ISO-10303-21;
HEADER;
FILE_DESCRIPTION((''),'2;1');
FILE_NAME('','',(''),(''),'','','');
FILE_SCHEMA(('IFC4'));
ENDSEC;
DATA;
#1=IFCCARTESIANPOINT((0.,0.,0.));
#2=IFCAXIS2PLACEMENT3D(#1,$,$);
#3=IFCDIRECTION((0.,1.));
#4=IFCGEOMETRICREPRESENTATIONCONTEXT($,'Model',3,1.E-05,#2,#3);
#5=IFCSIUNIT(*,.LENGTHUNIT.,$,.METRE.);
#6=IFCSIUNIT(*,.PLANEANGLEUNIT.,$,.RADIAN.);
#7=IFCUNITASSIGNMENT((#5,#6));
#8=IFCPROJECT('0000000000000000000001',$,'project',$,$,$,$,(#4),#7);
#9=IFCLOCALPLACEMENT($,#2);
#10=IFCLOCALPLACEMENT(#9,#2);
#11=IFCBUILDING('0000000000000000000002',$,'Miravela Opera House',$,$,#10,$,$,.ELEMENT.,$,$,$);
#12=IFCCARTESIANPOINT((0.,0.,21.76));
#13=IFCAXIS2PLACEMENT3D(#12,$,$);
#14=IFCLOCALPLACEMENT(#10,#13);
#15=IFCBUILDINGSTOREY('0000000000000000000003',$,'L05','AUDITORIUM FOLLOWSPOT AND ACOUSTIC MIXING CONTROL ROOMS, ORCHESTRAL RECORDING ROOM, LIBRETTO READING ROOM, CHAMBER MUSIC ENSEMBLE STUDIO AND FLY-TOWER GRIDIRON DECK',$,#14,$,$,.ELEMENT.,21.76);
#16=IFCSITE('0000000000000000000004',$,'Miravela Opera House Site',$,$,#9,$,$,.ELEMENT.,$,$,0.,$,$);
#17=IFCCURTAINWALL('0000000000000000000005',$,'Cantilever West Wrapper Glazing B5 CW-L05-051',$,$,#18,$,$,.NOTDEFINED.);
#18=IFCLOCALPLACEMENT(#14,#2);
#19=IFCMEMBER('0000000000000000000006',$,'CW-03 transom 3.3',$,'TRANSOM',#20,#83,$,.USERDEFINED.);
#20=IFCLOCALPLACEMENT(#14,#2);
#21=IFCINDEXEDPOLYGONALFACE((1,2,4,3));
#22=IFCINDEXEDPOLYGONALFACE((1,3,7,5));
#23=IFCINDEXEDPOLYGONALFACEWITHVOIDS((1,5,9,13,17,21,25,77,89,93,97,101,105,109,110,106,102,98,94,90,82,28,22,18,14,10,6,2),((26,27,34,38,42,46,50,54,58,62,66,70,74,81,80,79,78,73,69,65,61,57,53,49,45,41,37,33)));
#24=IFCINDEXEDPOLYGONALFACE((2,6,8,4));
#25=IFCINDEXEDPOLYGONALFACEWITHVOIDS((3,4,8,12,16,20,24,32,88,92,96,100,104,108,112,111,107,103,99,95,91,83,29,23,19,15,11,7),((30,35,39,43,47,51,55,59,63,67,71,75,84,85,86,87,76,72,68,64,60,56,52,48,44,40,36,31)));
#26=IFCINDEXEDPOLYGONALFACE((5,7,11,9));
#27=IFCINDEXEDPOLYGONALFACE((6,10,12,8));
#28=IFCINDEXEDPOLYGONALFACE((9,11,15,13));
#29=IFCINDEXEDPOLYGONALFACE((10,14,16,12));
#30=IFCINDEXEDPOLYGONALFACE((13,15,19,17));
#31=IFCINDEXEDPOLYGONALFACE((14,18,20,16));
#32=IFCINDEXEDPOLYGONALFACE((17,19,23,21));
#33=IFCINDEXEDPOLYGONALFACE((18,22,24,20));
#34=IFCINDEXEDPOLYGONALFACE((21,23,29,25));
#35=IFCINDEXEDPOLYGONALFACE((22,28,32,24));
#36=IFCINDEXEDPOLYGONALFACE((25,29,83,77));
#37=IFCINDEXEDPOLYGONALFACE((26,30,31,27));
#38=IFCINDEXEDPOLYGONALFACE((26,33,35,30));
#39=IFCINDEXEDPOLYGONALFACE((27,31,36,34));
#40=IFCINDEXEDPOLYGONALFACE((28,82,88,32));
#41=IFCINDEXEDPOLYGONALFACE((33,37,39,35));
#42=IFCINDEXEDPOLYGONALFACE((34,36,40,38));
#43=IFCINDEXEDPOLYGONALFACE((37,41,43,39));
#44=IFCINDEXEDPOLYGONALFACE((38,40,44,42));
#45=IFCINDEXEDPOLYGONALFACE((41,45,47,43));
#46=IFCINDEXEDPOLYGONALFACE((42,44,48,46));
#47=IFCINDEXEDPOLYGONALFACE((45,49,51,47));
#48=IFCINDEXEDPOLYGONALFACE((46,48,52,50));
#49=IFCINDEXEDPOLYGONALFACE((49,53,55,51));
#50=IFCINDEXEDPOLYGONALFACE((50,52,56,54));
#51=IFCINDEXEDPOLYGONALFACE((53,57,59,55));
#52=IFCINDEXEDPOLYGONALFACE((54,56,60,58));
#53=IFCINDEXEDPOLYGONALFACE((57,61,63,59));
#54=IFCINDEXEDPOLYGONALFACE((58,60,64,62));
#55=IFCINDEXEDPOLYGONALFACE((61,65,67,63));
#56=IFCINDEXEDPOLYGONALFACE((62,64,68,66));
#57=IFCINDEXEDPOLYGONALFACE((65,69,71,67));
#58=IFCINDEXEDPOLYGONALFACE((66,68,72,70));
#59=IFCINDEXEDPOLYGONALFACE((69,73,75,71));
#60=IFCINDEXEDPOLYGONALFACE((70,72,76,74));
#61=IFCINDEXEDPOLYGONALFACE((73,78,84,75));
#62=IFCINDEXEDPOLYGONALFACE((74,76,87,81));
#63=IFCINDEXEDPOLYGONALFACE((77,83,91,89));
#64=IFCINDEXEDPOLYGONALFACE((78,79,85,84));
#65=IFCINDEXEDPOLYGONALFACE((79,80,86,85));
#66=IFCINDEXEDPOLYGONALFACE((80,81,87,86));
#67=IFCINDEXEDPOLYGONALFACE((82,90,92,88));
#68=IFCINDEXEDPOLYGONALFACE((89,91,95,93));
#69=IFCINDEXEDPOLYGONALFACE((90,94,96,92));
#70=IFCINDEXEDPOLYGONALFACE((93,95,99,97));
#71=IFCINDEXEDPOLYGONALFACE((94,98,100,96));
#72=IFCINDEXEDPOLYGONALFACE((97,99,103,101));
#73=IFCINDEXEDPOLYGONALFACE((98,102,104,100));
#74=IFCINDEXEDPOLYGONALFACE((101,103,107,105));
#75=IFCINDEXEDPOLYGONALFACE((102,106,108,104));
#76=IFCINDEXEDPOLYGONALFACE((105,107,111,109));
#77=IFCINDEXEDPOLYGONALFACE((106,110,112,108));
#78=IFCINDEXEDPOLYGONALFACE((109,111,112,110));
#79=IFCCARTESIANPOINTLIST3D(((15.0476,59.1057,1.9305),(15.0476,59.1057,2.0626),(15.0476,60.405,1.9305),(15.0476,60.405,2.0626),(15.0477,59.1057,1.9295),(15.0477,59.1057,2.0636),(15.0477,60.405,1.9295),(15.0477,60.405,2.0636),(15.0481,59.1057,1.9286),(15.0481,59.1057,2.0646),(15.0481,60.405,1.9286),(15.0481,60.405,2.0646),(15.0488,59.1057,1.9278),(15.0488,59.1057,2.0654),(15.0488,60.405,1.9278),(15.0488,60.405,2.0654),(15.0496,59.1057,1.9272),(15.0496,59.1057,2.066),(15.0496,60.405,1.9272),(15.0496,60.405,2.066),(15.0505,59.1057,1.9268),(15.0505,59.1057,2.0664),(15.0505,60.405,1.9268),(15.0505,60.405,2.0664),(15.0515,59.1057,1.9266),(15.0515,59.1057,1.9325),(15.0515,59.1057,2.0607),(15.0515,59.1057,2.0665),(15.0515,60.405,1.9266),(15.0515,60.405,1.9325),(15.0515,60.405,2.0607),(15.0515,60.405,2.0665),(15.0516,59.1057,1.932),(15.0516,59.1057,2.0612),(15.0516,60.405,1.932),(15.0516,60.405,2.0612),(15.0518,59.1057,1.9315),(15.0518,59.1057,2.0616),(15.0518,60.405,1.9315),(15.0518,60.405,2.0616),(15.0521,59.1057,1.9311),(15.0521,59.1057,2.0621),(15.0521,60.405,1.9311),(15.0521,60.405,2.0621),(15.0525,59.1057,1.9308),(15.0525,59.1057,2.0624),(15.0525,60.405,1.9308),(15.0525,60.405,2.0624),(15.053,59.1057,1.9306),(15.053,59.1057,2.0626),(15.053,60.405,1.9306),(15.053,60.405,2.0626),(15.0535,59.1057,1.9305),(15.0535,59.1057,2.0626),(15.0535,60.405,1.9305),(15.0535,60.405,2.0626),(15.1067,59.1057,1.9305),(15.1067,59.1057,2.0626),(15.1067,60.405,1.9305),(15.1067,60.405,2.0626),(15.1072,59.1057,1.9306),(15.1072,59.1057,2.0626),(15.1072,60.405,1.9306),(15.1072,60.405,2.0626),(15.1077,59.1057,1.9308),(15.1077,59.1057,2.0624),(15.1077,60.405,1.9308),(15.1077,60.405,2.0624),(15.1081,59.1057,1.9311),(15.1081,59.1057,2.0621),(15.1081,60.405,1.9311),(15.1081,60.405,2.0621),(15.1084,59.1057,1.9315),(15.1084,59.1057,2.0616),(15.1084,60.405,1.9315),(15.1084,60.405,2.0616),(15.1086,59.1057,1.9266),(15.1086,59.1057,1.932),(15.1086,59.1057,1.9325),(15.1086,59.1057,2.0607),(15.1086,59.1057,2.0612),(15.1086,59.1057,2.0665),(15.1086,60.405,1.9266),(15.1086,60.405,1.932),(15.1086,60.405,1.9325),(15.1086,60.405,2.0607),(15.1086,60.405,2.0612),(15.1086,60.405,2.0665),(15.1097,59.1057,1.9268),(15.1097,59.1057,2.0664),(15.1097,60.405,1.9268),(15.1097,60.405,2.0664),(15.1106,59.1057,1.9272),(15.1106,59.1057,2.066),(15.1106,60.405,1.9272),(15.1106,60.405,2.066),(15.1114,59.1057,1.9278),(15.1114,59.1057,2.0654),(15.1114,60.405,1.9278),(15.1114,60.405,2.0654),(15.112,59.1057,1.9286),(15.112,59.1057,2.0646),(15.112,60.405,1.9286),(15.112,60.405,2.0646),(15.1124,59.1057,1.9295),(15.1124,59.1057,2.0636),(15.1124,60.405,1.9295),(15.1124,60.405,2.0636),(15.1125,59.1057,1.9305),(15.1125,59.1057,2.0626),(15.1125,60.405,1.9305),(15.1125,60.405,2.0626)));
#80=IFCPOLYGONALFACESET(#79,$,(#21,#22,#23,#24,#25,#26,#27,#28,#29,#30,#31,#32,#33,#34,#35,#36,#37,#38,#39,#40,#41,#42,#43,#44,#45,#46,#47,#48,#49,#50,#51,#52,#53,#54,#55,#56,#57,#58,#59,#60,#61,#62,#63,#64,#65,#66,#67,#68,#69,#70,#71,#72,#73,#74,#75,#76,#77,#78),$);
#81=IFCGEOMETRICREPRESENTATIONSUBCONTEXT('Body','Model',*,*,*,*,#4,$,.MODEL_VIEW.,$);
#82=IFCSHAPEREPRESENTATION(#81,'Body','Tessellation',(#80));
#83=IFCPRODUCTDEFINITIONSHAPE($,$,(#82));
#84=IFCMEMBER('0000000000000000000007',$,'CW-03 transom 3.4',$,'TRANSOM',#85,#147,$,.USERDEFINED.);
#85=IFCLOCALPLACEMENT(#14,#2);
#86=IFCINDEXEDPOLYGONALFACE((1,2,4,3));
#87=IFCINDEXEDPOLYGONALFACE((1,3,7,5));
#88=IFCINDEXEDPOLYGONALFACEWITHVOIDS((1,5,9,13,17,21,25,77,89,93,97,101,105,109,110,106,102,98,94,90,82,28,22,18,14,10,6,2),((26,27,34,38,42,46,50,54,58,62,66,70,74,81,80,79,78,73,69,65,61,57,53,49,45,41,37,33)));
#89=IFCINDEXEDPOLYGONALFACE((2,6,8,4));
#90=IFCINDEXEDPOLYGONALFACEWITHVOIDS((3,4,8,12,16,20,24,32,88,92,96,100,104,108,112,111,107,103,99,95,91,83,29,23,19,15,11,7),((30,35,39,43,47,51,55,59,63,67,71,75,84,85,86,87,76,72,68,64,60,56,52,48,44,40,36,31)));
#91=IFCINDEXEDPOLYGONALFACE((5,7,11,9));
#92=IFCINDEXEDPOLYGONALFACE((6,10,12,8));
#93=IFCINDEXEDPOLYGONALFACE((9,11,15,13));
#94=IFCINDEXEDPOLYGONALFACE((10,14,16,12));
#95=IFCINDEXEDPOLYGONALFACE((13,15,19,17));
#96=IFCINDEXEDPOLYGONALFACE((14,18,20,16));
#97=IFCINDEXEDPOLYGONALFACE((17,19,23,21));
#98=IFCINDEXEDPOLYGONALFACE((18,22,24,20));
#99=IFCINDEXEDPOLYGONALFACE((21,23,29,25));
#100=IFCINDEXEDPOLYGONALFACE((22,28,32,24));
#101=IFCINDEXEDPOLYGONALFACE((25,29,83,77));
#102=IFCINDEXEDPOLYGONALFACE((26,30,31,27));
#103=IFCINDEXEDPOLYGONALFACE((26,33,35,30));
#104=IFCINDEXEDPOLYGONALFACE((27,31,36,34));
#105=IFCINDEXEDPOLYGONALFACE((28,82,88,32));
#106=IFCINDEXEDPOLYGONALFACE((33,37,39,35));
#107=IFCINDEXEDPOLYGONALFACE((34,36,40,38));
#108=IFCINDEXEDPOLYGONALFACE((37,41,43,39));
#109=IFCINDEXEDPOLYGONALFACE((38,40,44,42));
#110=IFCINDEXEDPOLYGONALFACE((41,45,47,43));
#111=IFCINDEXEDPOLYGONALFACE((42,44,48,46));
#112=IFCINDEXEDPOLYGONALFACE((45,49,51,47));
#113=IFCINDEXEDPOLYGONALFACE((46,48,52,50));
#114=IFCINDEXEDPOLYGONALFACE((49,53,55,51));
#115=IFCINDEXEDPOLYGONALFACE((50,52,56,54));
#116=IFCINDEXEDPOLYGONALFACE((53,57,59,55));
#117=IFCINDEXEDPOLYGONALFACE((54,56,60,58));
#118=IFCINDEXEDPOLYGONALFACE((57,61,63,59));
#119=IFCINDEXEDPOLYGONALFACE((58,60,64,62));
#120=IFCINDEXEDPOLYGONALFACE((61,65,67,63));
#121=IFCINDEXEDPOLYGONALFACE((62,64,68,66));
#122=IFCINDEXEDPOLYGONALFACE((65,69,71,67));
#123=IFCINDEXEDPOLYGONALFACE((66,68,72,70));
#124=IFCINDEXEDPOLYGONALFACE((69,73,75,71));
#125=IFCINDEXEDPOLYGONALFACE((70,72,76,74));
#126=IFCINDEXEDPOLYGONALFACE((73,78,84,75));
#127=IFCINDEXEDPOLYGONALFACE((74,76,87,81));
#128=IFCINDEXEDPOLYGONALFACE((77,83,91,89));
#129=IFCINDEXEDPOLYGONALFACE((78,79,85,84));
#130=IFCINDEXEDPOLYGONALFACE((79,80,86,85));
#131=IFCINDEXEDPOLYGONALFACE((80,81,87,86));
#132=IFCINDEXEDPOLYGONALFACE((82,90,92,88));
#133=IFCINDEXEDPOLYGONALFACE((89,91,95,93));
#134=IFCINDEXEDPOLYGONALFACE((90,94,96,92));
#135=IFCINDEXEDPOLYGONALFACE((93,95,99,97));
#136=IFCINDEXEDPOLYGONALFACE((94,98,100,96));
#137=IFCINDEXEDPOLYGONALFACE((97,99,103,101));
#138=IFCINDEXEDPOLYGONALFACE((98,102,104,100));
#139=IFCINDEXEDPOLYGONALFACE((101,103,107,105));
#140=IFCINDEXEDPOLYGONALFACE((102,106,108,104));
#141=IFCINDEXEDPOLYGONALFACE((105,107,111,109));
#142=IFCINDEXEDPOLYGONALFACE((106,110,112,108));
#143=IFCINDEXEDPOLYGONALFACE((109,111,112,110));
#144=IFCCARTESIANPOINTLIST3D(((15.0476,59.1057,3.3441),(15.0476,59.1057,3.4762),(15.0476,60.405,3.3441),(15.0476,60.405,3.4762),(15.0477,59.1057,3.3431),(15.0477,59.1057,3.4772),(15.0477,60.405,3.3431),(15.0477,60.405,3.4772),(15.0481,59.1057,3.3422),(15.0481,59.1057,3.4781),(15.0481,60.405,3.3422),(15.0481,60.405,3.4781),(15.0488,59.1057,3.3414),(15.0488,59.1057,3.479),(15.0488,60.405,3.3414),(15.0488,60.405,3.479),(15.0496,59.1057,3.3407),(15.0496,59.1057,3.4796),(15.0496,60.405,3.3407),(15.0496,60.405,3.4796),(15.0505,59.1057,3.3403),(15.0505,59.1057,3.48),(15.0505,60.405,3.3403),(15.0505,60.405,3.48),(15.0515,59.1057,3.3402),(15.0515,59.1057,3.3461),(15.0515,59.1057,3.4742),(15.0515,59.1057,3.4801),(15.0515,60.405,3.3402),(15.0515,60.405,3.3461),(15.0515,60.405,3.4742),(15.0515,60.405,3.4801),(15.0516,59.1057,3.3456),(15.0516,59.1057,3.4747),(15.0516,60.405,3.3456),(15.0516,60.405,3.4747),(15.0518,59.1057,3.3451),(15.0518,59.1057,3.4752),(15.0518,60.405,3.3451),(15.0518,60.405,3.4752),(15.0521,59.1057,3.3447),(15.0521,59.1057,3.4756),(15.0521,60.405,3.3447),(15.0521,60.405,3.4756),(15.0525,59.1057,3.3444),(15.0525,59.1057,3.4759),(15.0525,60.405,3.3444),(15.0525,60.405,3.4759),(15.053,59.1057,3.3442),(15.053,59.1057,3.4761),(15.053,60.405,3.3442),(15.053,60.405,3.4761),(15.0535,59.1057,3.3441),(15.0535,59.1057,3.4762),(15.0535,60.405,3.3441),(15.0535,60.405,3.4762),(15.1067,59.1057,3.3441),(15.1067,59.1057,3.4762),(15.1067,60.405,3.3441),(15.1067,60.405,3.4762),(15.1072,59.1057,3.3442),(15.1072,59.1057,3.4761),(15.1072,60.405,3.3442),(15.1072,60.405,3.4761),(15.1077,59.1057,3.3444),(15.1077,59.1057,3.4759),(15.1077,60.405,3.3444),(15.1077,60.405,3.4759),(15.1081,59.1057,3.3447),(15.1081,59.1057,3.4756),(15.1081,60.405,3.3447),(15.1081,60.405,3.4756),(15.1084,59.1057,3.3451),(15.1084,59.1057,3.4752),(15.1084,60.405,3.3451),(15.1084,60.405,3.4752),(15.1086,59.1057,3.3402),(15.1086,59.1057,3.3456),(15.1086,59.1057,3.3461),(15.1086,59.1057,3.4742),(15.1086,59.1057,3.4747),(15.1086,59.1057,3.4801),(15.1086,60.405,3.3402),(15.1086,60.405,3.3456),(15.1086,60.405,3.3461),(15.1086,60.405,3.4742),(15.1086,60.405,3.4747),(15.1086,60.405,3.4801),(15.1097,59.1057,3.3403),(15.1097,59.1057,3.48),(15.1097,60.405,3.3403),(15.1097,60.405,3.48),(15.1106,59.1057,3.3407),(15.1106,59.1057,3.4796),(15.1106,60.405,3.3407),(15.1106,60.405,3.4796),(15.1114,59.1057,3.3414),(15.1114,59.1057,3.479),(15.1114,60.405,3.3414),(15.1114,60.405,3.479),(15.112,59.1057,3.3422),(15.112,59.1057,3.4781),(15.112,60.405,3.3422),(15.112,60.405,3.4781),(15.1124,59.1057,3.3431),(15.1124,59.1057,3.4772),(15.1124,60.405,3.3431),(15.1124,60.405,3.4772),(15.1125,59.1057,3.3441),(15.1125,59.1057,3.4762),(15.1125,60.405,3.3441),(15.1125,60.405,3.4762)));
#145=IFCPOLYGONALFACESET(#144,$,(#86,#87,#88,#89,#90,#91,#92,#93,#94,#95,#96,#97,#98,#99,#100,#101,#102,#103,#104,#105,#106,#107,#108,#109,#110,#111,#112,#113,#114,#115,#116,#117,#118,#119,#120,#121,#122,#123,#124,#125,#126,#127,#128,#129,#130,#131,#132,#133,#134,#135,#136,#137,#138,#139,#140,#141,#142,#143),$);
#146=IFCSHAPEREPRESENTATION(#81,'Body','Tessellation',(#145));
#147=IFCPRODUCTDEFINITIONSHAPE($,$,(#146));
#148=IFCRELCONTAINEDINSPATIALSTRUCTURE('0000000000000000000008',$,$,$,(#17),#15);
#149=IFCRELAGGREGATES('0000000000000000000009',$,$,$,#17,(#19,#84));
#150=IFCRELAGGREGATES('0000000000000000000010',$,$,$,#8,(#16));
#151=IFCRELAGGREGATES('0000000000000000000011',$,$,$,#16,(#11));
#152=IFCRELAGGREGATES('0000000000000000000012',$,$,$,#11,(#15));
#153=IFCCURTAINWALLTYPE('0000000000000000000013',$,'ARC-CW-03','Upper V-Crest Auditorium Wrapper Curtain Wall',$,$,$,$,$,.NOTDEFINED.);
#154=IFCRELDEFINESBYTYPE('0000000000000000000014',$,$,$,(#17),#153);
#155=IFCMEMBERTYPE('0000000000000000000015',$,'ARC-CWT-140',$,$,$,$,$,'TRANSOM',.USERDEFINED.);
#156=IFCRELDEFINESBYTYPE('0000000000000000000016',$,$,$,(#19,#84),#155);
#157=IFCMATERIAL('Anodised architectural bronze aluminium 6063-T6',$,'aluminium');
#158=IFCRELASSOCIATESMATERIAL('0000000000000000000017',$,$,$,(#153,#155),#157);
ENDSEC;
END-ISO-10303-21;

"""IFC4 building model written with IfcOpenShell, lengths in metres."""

from ifc_helpers import new_model, si_unit, direction, frame, origin, origin_2d, place, context, subcontext, project, spatial, hollow_rectangle, extrude, material, material_profile, profile_set, type_object, element, aggregate, save


model = new_model("IFC4")

# Units and contexts
model_context = context("Model", 3, precision=1e-05, world=origin(), true_north=direction((0.0, 1.0)))
body_context = subcontext(model_context, "Body", "Model", "MODEL_VIEW")
ifc_project = project(units=[si_unit("LENGTHUNIT", "METRE"), si_unit("PLANEANGLEUNIT", "RADIAN")], contexts=[model_context])

# Site, building, storey
site_placement = place(None, origin())
site = spatial("IfcSite", under=ifc_project, at=site_placement, Name="Miravela Opera House Site", CompositionType="ELEMENT", RefElevation=0.0)
building_placement = place(site_placement, origin())
building = spatial("IfcBuilding", under=site, at=building_placement, Name="Miravela Opera House", CompositionType="ELEMENT")
storey_placement = place(building_placement, frame((0.0, 0.0, 21.76)))
storey = spatial("IfcBuildingStorey", under=building, at=storey_placement, Name="L05", Description="AUDITORIUM FOLLOWSPOT AND ACOUSTIC MIXING CONTROL ROOMS, ORCHESTRAL RECORDING ROOM, LIBRETTO READING ROOM, CHAMBER MUSIC ENSEMBLE STUDIO AND FLY-TOWER GRIDIRON DECK", CompositionType="ELEMENT", Elevation=21.76)

# Curtain wall, members
ifc_material_1 = material(Name="Anodised architectural bronze aluminium 6063-T6", Category="aluminium")
curtain_wall_type = type_object("IfcCurtainWallType", Name="ARC-CW-03", Description="Upper V-Crest Auditorium Wrapper Curtain Wall", PredefinedType="NOTDEFINED", material=ifc_material_1)
curtain_wall_1_placement = place(storey_placement, origin())
curtain_wall_1 = element("IfcCurtainWall", 1, at=curtain_wall_1_placement, inside=storey, type_object=curtain_wall_type, Name="Cantilever West Wrapper Glazing B5 CW-L05-051", PredefinedType="NOTDEFINED")
ifc_material_profile_1 = material_profile(ifc_material_1, hollow_rectangle(XDim=0.0649, YDim=0.1399, WallThickness=0.0039, InnerFilletRadius=0.002, OuterFilletRadius=0.0039, at=origin_2d()), Name="CWT-65X140")
ifc_profile_set_1 = profile_set([ifc_material_profile_1])
member_type_1 = type_object("IfcMemberType", Name="ARC-CWT-140", ElementType="TRANSOM", PredefinedType="USERDEFINED", material=ifc_profile_set_1)
member_1_placement = place(storey_placement, frame((15.0801, 59.1057, 1.9966), z_axis=(0.0, 1.0, 0.0), x_axis=(-1.0, 0.0, 0.0)))
member_1 = element("IfcMember", 2, at=member_1_placement, type_object=member_type_1, Name="CW-03 transom 3.3", ObjectType="TRANSOM", PredefinedType="USERDEFINED", context=body_context, shape_type="SweptSolid", body=[
    extrude(hollow_rectangle(XDim=0.0649, YDim=0.1399, WallThickness=0.0039, InnerFilletRadius=0.002, OuterFilletRadius=0.0039, at=origin_2d()), origin(), (0.0, 0.0, 1.0), 1.2993),
])
member_2_placement = place(storey_placement, frame((15.0801, 59.1057, 3.4102), z_axis=(0.0, 1.0, 0.0), x_axis=(-1.0, 0.0, 0.0)))
member_2 = element("IfcMember", 3, at=member_2_placement, type_object=member_type_1, Name="CW-03 transom 3.4", ObjectType="TRANSOM", PredefinedType="USERDEFINED", context=body_context, shape_type="SweptSolid", body=[
    extrude(hollow_rectangle(XDim=0.0649, YDim=0.1399, WallThickness=0.0039, InnerFilletRadius=0.002, OuterFilletRadius=0.0039, at=origin_2d()), origin(), (0.0, 0.0, 1.0), 1.2993),
])

aggregate(curtain_wall_1, [member_1, member_2])

save(model, "model.ifc")
